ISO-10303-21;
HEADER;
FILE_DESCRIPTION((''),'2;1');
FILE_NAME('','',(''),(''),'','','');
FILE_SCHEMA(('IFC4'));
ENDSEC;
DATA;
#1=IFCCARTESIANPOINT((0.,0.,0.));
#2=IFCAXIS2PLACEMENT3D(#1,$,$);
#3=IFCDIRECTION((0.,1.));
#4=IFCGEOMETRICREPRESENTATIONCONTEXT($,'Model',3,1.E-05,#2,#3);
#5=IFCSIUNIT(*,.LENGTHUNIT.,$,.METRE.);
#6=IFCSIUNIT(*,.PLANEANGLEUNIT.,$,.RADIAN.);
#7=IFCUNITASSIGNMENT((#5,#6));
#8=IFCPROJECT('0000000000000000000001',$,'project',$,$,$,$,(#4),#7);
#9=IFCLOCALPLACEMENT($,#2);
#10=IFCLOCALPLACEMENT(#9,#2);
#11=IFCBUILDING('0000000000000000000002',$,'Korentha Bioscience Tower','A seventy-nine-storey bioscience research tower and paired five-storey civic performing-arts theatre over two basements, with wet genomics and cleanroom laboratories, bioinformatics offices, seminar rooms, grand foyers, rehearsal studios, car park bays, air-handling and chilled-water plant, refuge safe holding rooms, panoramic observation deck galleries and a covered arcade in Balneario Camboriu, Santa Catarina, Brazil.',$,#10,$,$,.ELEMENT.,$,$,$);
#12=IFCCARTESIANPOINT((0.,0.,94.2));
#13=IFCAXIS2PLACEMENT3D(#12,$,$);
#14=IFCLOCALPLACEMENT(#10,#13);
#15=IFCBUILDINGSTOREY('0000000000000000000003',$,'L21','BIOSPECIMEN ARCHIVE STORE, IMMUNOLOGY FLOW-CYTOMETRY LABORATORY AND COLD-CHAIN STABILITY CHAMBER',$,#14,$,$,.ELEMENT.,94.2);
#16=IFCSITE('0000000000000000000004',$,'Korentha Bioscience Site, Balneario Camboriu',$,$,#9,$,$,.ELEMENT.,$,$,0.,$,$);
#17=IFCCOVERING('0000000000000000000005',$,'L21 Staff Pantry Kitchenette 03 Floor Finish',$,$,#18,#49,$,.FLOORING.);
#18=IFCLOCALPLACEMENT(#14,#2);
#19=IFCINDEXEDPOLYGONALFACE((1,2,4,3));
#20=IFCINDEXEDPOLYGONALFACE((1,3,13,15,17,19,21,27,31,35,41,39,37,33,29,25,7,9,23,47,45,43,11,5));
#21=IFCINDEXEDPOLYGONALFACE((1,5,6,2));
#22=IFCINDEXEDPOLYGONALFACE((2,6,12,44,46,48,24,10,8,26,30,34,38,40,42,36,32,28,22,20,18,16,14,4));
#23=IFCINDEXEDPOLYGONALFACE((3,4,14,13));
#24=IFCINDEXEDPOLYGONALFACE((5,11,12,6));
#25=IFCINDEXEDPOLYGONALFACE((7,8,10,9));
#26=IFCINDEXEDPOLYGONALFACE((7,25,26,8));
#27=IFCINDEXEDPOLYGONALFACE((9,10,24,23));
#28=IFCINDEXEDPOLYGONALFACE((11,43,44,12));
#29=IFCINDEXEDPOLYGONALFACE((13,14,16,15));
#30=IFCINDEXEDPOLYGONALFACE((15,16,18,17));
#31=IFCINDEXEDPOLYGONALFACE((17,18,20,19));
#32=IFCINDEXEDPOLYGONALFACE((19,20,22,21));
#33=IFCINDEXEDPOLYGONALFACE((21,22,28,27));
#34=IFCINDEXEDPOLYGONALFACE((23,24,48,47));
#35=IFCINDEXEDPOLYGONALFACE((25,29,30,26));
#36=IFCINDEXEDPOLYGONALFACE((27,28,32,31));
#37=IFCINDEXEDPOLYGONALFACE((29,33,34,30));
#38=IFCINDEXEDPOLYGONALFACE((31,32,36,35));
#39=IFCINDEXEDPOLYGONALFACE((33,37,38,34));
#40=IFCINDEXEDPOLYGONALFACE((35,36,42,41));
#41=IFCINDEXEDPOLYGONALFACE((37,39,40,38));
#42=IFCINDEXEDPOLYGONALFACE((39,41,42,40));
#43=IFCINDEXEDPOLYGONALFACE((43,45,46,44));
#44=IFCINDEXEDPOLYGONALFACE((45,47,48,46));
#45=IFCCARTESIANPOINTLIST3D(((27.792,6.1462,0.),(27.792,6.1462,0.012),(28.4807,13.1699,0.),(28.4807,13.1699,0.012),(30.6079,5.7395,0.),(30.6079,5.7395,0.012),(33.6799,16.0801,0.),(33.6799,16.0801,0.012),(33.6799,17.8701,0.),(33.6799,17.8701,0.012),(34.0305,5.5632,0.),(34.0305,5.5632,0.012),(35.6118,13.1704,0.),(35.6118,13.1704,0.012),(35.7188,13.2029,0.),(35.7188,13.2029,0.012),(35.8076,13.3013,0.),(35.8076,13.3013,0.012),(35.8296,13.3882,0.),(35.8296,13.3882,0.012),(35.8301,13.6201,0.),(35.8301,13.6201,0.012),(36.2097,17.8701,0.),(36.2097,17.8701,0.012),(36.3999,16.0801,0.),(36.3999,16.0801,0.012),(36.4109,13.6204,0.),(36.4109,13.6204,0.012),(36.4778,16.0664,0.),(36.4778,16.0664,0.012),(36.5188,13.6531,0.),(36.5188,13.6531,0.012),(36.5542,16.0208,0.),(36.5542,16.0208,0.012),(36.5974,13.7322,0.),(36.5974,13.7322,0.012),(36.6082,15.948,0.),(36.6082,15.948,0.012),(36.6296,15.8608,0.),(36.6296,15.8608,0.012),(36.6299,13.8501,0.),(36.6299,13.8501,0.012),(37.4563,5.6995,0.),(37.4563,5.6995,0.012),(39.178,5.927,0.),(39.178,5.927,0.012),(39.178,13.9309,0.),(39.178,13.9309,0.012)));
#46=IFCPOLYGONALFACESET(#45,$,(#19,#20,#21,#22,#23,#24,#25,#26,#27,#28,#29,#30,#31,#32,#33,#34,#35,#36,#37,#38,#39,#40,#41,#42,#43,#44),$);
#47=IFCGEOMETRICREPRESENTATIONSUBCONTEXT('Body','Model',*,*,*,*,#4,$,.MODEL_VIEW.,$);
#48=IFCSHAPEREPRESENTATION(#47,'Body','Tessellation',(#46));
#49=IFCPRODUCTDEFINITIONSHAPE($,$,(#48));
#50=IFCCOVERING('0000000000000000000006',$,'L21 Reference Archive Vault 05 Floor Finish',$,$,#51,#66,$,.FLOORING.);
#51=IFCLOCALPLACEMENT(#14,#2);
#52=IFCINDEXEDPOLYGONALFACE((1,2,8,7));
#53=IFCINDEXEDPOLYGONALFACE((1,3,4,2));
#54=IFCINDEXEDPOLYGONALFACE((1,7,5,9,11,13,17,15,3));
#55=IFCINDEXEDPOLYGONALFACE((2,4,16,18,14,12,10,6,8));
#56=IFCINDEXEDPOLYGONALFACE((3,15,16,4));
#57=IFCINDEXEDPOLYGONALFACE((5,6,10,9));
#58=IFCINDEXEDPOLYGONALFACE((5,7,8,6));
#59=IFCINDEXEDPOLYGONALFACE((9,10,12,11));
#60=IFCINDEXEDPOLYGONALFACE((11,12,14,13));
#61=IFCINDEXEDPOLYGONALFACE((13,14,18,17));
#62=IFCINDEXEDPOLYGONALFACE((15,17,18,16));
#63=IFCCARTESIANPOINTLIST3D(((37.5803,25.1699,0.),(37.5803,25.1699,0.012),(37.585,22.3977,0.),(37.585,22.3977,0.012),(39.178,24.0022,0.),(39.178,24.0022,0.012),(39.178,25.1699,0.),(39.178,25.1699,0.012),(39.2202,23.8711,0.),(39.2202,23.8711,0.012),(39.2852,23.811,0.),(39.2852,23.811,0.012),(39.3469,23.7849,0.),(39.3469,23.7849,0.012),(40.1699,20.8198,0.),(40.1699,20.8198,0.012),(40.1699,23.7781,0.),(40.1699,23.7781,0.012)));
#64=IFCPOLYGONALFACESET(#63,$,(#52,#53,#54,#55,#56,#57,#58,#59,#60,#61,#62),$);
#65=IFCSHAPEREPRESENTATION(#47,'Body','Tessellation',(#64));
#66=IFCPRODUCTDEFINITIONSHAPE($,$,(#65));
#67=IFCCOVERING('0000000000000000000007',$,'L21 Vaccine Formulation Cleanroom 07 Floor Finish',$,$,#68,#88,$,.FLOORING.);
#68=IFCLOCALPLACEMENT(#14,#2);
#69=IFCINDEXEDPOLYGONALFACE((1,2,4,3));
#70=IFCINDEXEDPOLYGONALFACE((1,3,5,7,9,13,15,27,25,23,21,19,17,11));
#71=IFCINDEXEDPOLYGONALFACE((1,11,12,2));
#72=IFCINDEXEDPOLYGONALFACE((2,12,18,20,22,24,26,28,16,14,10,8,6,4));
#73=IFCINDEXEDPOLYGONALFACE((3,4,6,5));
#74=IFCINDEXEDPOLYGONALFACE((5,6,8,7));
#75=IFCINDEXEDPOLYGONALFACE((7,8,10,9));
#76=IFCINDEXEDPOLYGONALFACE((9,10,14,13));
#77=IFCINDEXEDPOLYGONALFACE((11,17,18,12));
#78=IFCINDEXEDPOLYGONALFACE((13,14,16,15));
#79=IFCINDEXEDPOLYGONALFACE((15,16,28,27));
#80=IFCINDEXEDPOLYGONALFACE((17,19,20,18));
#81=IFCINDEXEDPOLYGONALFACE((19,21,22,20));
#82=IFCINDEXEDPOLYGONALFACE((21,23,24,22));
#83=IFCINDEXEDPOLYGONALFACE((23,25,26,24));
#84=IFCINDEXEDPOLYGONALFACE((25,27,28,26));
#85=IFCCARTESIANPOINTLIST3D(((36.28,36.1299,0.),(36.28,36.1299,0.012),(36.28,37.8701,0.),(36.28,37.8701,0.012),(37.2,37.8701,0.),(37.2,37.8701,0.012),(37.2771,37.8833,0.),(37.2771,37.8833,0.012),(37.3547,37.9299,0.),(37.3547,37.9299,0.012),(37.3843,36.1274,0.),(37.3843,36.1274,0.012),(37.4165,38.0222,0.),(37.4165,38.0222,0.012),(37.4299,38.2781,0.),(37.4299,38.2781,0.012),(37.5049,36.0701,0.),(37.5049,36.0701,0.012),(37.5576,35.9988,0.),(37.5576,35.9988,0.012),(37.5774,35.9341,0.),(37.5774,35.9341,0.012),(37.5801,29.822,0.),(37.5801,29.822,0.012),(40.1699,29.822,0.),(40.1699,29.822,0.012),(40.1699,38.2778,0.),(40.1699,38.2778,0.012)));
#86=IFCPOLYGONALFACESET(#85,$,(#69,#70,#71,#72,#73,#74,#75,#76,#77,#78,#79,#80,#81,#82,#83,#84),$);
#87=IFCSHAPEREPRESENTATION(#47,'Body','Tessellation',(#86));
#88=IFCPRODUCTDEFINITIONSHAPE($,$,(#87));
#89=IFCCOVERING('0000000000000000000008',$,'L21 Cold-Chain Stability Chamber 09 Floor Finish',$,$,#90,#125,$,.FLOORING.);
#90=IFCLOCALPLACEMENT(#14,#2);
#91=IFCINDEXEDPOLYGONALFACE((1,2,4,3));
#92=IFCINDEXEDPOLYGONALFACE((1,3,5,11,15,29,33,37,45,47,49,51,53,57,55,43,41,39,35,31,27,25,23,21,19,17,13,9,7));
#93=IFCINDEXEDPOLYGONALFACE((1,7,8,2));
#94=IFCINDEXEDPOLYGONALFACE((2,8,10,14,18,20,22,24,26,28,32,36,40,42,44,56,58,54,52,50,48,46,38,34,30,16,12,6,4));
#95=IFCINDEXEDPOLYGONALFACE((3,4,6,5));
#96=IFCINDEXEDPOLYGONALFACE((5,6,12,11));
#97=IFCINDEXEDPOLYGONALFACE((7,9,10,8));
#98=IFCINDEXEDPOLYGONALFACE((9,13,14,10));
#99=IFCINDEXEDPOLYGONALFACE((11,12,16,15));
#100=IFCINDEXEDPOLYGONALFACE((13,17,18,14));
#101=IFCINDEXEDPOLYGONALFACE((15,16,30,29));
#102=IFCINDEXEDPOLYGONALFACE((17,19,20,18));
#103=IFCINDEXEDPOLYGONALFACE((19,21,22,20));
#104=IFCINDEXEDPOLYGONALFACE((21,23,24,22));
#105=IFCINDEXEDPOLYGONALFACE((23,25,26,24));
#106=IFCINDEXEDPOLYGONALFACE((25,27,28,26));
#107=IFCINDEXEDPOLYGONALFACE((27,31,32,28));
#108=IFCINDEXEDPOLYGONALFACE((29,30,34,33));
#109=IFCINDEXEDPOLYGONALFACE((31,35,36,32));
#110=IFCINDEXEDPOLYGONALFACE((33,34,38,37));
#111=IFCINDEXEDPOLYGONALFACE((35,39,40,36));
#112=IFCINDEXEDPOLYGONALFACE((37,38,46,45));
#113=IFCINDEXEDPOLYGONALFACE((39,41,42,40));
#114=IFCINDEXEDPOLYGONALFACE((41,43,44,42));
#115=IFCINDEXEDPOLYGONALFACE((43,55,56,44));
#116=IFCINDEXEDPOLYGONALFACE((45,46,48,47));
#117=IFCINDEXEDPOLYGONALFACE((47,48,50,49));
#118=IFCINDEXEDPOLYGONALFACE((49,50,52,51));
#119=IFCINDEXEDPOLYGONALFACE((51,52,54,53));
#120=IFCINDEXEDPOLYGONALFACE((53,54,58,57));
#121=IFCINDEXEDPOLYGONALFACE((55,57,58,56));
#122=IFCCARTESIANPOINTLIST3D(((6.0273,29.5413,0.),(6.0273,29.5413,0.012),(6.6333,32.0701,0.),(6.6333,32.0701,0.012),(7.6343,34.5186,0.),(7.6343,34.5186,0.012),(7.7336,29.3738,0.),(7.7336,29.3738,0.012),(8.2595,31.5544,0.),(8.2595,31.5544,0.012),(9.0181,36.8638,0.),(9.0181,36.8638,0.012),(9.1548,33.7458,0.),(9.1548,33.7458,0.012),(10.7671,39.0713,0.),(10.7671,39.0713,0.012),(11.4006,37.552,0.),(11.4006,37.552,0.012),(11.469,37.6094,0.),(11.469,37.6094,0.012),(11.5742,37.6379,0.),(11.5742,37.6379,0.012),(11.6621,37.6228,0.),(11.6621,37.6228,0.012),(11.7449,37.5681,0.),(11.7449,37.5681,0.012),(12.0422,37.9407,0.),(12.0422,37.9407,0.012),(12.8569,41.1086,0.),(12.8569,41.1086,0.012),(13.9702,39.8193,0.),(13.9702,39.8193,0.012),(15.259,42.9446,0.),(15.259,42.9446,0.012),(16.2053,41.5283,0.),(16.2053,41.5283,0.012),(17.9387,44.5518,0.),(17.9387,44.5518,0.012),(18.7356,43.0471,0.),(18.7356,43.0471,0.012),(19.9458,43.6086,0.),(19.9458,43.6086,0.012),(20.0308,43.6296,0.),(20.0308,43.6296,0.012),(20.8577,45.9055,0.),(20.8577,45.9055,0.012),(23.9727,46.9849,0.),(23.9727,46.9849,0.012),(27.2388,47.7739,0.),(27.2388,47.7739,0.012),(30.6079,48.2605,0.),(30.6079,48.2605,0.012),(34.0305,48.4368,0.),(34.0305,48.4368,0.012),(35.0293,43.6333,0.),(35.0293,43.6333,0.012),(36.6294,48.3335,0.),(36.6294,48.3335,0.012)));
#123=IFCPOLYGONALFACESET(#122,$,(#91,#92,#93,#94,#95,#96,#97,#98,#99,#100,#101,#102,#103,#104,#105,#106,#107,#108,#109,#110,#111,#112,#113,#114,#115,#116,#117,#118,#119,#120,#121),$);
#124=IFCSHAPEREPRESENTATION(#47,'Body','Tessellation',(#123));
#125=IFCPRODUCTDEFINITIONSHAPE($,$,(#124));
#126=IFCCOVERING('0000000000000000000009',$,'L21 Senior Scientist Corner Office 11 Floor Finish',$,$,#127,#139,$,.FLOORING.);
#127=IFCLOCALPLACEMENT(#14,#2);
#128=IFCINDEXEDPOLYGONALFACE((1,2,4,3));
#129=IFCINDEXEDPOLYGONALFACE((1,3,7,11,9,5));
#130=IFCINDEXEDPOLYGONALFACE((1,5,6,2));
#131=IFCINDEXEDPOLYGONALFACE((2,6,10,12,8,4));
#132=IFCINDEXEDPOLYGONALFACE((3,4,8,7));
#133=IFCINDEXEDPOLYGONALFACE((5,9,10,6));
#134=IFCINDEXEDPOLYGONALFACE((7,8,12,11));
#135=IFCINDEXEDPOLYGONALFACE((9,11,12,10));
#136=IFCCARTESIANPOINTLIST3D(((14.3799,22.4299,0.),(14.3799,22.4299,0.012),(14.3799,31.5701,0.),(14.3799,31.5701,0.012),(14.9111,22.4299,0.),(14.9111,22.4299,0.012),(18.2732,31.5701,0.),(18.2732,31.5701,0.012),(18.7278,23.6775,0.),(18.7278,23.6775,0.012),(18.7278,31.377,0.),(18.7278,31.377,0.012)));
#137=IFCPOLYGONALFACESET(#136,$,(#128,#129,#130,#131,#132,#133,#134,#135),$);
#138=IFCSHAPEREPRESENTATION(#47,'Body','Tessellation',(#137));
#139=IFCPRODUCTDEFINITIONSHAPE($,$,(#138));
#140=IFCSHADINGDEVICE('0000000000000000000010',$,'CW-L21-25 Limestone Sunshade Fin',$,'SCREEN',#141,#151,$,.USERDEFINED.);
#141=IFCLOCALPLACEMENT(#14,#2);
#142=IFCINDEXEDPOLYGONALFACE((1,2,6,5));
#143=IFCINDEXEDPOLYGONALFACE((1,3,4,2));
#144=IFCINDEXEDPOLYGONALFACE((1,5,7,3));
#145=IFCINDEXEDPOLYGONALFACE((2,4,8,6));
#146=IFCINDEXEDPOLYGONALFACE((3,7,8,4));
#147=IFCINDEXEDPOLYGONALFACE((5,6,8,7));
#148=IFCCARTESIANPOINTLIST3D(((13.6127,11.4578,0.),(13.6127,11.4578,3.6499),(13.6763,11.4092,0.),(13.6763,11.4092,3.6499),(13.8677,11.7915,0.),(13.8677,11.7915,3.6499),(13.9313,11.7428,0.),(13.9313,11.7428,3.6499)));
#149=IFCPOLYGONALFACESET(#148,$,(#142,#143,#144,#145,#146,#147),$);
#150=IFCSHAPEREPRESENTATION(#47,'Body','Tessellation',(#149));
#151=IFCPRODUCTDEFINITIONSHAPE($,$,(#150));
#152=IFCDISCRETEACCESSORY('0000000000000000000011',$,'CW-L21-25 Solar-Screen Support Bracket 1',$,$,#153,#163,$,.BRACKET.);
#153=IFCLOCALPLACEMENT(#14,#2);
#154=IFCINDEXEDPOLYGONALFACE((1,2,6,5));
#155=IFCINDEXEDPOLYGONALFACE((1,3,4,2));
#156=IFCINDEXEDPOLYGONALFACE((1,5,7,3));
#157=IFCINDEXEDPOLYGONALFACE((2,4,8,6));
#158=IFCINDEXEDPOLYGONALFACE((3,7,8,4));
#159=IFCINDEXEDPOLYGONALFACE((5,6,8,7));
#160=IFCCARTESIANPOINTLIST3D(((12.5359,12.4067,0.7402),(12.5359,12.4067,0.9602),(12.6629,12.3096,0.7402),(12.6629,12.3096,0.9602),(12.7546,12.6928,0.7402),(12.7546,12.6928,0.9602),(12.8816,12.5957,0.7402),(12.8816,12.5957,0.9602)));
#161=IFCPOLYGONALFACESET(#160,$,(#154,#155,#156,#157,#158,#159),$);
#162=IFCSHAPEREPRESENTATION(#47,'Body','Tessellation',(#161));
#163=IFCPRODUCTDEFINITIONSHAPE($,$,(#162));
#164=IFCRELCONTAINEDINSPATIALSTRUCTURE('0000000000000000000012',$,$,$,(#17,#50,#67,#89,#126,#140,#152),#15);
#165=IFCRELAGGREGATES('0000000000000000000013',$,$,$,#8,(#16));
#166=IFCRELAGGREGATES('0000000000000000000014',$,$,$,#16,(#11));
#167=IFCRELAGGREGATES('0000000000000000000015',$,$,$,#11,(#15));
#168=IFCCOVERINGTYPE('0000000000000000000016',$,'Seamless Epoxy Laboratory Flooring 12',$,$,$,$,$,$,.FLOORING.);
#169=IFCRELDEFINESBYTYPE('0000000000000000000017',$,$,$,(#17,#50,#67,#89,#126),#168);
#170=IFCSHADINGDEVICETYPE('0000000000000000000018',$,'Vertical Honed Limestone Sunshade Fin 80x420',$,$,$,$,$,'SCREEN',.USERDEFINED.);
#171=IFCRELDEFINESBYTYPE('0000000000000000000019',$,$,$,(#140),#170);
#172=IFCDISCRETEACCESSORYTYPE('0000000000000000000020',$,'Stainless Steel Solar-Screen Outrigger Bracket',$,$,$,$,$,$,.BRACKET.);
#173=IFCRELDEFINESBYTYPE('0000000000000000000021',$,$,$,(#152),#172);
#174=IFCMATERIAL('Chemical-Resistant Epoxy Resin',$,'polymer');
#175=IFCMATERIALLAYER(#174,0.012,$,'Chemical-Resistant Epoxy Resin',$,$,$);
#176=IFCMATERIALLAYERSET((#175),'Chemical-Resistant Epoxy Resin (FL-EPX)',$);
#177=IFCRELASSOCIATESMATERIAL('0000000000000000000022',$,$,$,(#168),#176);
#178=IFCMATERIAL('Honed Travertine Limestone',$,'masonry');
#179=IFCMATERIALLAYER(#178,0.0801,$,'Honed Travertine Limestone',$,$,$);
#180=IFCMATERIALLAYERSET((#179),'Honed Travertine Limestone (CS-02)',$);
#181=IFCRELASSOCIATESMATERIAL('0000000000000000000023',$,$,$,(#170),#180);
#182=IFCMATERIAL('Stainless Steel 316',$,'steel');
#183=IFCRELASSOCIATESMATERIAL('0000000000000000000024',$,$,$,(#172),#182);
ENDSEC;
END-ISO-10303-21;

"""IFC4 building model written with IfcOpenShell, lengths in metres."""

from ifc_helpers import new_model, si_unit, direction, frame, origin, origin_2d, place, context, subcontext, project, spatial, polyline, rectangle, outline, extrude, material, layer, layer_set, type_object, element, save


model = new_model("IFC4")

# Units and contexts
model_context = context("Model", 3, precision=1e-05, world=origin(), true_north=direction((0.0, 1.0)))
body_context = subcontext(model_context, "Body", "Model", "MODEL_VIEW")
ifc_project = project(units=[si_unit("LENGTHUNIT", "METRE"), si_unit("PLANEANGLEUNIT", "RADIAN")], contexts=[model_context])

# Site, building, storey
site_placement = place(None, origin())
site = spatial("IfcSite", under=ifc_project, at=site_placement, Name="Korentha Bioscience Site, Balneario Camboriu", CompositionType="ELEMENT", RefElevation=0.0)
building_placement = place(site_placement, origin())
building = spatial("IfcBuilding", under=site, at=building_placement, Name="Korentha Bioscience Tower", Description="A seventy-nine-storey bioscience research tower and paired five-storey civic performing-arts theatre over two basements, with wet genomics and cleanroom laboratories, bioinformatics offices, seminar rooms, grand foyers, rehearsal studios, car park bays, air-handling and chilled-water plant, refuge safe holding rooms, panoramic observation deck galleries and a covered arcade in Balneario Camboriu, Santa Catarina, Brazil.", CompositionType="ELEMENT")
storey_placement = place(building_placement, frame((0.0, 0.0, 94.2)))
storey = spatial("IfcBuildingStorey", under=building, at=storey_placement, Name="L21", Description="BIOSPECIMEN ARCHIVE STORE, IMMUNOLOGY FLOW-CYTOMETRY LABORATORY AND COLD-CHAIN STABILITY CHAMBER", CompositionType="ELEMENT", Elevation=94.2)

# Coverings
ifc_material_1 = material(Name="Chemical-Resistant Epoxy Resin", Category="polymer")
ifc_layer_1 = layer(ifc_material_1, 0.012, Name="Chemical-Resistant Epoxy Resin")
ifc_layer_set_1 = layer_set([ifc_layer_1], Name="Chemical-Resistant Epoxy Resin (FL-EPX)")
covering_type_1 = type_object("IfcCoveringType", Name="Seamless Epoxy Laboratory Flooring 12", PredefinedType="FLOORING", material=ifc_layer_set_1)
covering_1_placement = place(storey_placement, origin())
element("IfcCovering", 1, at=covering_1_placement, inside=storey, type_object=covering_type_1, Name="L21 Staff Pantry Kitchenette 03 Floor Finish", PredefinedType="FLOORING", context=body_context, shape_type="SweptSolid", body=[
    extrude(outline(polyline([(28.4807, 13.1699), (35.6118, 13.1704), (35.7188, 13.2029), (35.8076, 13.3013), (35.8296, 13.3882), (35.8301, 13.6201), (36.4109, 13.6204), (36.5188, 13.6531), (36.5974, 13.7322), (36.6299, 13.8501), (36.6296, 15.8608), (36.6082, 15.948), (36.5542, 16.0208), (36.4778, 16.0664), (36.3999, 16.0801), (33.6799, 16.0801), (33.6799, 17.8701), (36.2097, 17.8701), (39.178, 13.9309), (39.178, 5.927), (37.4563, 5.6995), (34.0305, 5.5632), (30.6079, 5.7395), (27.792, 6.1462), (28.4807, 13.1699)])), origin(), (0.0, 0.0, 1.0), 0.012),
])
covering_2_placement = place(storey_placement, origin())
element("IfcCovering", 2, at=covering_2_placement, inside=storey, type_object=covering_type_1, Name="L21 Reference Archive Vault 05 Floor Finish", PredefinedType="FLOORING", context=body_context, shape_type="SweptSolid", body=[
    extrude(outline(polyline([(39.178, 24.0022), (39.2202, 23.8711), (39.2852, 23.811), (39.3469, 23.7849), (40.1699, 23.7781), (40.1699, 20.8198), (37.585, 22.3977), (37.5803, 25.1699), (39.178, 25.1699), (39.178, 24.0022)])), origin(), (0.0, 0.0, 1.0), 0.012),
])
covering_3_placement = place(storey_placement, origin())
element("IfcCovering", 3, at=covering_3_placement, inside=storey, type_object=covering_type_1, Name="L21 Vaccine Formulation Cleanroom 07 Floor Finish", PredefinedType="FLOORING", context=body_context, shape_type="SweptSolid", body=[
    extrude(outline(polyline([(37.4299, 38.2781), (40.1699, 38.2778), (40.1699, 29.822), (37.5801, 29.822), (37.5774, 35.9341), (37.5576, 35.9988), (37.5049, 36.0701), (37.3843, 36.1274), (36.28, 36.1299), (36.28, 37.8701), (37.2, 37.8701), (37.2771, 37.8833), (37.3547, 37.9299), (37.4165, 38.0222), (37.4299, 38.2781)])), origin(), (0.0, 0.0, 1.0), 0.012),
])
covering_4_placement = place(storey_placement, origin())
element("IfcCovering", 4, at=covering_4_placement, inside=storey, type_object=covering_type_1, Name="L21 Cold-Chain Stability Chamber 09 Floor Finish", PredefinedType="FLOORING", context=body_context, shape_type="SweptSolid", body=[
    extrude(outline(polyline([(6.6333, 32.0701), (7.6343, 34.5186), (9.0181, 36.8638), (10.7671, 39.0713), (12.8569, 41.1086), (15.259, 42.9446), (17.9387, 44.5518), (20.8577, 45.9055), (23.9727, 46.9849), (27.2388, 47.7739), (30.6079, 48.2605), (34.0305, 48.4368), (36.6294, 48.3335), (35.0293, 43.6333), (20.0308, 43.6296), (19.9458, 43.6086), (18.7356, 43.0471), (16.2053, 41.5283), (13.9702, 39.8193), (12.0422, 37.9407), (11.7449, 37.5681), (11.6621, 37.6228), (11.5742, 37.6379), (11.469, 37.6094), (11.4006, 37.552), (9.1548, 33.7458), (8.2595, 31.5544), (7.7336, 29.3738), (6.0273, 29.5413), (6.6333, 32.0701)])), origin(), (0.0, 0.0, 1.0), 0.012),
])
covering_5_placement = place(storey_placement, origin())
element("IfcCovering", 5, at=covering_5_placement, inside=storey, type_object=covering_type_1, Name="L21 Senior Scientist Corner Office 11 Floor Finish", PredefinedType="FLOORING", context=body_context, shape_type="SweptSolid", body=[
    extrude(outline(polyline([(14.3799, 22.4299), (14.3799, 31.5701), (18.2732, 31.5701), (18.7278, 31.377), (18.7278, 23.6775), (14.9111, 22.4299), (14.3799, 22.4299)])), origin(), (0.0, 0.0, 1.0), 0.012),
])

# Shading device
ifc_material_2 = material(Name="Honed Travertine Limestone", Category="masonry")
ifc_layer_2 = layer(ifc_material_2, 0.0801, Name="Honed Travertine Limestone")
ifc_layer_set_2 = layer_set([ifc_layer_2], Name="Honed Travertine Limestone (CS-02)")
shading_device_type = type_object("IfcShadingDeviceType", Name="Vertical Honed Limestone Sunshade Fin 80x420", ElementType="SCREEN", PredefinedType="USERDEFINED", material=ifc_layer_set_2)
shading_device_placement = place(storey_placement, frame((13.772, 11.6003, 0.0), z_axis=(0.0, 0.0, 1.0), x_axis=(0.7945, -0.607265, 0.0)))
element("IfcShadingDevice", 6, at=shading_device_placement, inside=storey, type_object=shading_device_type, Name="CW-L21-25 Limestone Sunshade Fin", ObjectType="SCREEN", PredefinedType="USERDEFINED", context=body_context, shape_type="SweptSolid", body=[
    extrude(rectangle(XDim=0.0801, YDim=0.4199, at=origin_2d()), origin(), (0.0, 0.0, 1.0), 3.6499),
])

# Discrete accessory
ifc_material_3 = material(Name="Stainless Steel 316", Category="steel")
discrete_accessory_type = type_object("IfcDiscreteAccessoryType", Name="Stainless Steel Solar-Screen Outrigger Bracket", PredefinedType="BRACKET", material=ifc_material_3)
discrete_accessory_placement = place(storey_placement, frame((12.7087, 12.5012, 0.7402), z_axis=(0.0, 0.0, 1.0), x_axis=(0.7945, -0.607265, 0.0)))
element("IfcDiscreteAccessory", 7, at=discrete_accessory_placement, inside=storey, type_object=discrete_accessory_type, Name="CW-L21-25 Solar-Screen Support Bracket 1", PredefinedType="BRACKET", context=body_context, shape_type="SweptSolid", body=[
    extrude(rectangle(XDim=0.1599, YDim=0.3601, at=origin_2d()), origin(), (0.0, 0.0, 1.0), 0.22),
])

save(model, "model.ifc")
